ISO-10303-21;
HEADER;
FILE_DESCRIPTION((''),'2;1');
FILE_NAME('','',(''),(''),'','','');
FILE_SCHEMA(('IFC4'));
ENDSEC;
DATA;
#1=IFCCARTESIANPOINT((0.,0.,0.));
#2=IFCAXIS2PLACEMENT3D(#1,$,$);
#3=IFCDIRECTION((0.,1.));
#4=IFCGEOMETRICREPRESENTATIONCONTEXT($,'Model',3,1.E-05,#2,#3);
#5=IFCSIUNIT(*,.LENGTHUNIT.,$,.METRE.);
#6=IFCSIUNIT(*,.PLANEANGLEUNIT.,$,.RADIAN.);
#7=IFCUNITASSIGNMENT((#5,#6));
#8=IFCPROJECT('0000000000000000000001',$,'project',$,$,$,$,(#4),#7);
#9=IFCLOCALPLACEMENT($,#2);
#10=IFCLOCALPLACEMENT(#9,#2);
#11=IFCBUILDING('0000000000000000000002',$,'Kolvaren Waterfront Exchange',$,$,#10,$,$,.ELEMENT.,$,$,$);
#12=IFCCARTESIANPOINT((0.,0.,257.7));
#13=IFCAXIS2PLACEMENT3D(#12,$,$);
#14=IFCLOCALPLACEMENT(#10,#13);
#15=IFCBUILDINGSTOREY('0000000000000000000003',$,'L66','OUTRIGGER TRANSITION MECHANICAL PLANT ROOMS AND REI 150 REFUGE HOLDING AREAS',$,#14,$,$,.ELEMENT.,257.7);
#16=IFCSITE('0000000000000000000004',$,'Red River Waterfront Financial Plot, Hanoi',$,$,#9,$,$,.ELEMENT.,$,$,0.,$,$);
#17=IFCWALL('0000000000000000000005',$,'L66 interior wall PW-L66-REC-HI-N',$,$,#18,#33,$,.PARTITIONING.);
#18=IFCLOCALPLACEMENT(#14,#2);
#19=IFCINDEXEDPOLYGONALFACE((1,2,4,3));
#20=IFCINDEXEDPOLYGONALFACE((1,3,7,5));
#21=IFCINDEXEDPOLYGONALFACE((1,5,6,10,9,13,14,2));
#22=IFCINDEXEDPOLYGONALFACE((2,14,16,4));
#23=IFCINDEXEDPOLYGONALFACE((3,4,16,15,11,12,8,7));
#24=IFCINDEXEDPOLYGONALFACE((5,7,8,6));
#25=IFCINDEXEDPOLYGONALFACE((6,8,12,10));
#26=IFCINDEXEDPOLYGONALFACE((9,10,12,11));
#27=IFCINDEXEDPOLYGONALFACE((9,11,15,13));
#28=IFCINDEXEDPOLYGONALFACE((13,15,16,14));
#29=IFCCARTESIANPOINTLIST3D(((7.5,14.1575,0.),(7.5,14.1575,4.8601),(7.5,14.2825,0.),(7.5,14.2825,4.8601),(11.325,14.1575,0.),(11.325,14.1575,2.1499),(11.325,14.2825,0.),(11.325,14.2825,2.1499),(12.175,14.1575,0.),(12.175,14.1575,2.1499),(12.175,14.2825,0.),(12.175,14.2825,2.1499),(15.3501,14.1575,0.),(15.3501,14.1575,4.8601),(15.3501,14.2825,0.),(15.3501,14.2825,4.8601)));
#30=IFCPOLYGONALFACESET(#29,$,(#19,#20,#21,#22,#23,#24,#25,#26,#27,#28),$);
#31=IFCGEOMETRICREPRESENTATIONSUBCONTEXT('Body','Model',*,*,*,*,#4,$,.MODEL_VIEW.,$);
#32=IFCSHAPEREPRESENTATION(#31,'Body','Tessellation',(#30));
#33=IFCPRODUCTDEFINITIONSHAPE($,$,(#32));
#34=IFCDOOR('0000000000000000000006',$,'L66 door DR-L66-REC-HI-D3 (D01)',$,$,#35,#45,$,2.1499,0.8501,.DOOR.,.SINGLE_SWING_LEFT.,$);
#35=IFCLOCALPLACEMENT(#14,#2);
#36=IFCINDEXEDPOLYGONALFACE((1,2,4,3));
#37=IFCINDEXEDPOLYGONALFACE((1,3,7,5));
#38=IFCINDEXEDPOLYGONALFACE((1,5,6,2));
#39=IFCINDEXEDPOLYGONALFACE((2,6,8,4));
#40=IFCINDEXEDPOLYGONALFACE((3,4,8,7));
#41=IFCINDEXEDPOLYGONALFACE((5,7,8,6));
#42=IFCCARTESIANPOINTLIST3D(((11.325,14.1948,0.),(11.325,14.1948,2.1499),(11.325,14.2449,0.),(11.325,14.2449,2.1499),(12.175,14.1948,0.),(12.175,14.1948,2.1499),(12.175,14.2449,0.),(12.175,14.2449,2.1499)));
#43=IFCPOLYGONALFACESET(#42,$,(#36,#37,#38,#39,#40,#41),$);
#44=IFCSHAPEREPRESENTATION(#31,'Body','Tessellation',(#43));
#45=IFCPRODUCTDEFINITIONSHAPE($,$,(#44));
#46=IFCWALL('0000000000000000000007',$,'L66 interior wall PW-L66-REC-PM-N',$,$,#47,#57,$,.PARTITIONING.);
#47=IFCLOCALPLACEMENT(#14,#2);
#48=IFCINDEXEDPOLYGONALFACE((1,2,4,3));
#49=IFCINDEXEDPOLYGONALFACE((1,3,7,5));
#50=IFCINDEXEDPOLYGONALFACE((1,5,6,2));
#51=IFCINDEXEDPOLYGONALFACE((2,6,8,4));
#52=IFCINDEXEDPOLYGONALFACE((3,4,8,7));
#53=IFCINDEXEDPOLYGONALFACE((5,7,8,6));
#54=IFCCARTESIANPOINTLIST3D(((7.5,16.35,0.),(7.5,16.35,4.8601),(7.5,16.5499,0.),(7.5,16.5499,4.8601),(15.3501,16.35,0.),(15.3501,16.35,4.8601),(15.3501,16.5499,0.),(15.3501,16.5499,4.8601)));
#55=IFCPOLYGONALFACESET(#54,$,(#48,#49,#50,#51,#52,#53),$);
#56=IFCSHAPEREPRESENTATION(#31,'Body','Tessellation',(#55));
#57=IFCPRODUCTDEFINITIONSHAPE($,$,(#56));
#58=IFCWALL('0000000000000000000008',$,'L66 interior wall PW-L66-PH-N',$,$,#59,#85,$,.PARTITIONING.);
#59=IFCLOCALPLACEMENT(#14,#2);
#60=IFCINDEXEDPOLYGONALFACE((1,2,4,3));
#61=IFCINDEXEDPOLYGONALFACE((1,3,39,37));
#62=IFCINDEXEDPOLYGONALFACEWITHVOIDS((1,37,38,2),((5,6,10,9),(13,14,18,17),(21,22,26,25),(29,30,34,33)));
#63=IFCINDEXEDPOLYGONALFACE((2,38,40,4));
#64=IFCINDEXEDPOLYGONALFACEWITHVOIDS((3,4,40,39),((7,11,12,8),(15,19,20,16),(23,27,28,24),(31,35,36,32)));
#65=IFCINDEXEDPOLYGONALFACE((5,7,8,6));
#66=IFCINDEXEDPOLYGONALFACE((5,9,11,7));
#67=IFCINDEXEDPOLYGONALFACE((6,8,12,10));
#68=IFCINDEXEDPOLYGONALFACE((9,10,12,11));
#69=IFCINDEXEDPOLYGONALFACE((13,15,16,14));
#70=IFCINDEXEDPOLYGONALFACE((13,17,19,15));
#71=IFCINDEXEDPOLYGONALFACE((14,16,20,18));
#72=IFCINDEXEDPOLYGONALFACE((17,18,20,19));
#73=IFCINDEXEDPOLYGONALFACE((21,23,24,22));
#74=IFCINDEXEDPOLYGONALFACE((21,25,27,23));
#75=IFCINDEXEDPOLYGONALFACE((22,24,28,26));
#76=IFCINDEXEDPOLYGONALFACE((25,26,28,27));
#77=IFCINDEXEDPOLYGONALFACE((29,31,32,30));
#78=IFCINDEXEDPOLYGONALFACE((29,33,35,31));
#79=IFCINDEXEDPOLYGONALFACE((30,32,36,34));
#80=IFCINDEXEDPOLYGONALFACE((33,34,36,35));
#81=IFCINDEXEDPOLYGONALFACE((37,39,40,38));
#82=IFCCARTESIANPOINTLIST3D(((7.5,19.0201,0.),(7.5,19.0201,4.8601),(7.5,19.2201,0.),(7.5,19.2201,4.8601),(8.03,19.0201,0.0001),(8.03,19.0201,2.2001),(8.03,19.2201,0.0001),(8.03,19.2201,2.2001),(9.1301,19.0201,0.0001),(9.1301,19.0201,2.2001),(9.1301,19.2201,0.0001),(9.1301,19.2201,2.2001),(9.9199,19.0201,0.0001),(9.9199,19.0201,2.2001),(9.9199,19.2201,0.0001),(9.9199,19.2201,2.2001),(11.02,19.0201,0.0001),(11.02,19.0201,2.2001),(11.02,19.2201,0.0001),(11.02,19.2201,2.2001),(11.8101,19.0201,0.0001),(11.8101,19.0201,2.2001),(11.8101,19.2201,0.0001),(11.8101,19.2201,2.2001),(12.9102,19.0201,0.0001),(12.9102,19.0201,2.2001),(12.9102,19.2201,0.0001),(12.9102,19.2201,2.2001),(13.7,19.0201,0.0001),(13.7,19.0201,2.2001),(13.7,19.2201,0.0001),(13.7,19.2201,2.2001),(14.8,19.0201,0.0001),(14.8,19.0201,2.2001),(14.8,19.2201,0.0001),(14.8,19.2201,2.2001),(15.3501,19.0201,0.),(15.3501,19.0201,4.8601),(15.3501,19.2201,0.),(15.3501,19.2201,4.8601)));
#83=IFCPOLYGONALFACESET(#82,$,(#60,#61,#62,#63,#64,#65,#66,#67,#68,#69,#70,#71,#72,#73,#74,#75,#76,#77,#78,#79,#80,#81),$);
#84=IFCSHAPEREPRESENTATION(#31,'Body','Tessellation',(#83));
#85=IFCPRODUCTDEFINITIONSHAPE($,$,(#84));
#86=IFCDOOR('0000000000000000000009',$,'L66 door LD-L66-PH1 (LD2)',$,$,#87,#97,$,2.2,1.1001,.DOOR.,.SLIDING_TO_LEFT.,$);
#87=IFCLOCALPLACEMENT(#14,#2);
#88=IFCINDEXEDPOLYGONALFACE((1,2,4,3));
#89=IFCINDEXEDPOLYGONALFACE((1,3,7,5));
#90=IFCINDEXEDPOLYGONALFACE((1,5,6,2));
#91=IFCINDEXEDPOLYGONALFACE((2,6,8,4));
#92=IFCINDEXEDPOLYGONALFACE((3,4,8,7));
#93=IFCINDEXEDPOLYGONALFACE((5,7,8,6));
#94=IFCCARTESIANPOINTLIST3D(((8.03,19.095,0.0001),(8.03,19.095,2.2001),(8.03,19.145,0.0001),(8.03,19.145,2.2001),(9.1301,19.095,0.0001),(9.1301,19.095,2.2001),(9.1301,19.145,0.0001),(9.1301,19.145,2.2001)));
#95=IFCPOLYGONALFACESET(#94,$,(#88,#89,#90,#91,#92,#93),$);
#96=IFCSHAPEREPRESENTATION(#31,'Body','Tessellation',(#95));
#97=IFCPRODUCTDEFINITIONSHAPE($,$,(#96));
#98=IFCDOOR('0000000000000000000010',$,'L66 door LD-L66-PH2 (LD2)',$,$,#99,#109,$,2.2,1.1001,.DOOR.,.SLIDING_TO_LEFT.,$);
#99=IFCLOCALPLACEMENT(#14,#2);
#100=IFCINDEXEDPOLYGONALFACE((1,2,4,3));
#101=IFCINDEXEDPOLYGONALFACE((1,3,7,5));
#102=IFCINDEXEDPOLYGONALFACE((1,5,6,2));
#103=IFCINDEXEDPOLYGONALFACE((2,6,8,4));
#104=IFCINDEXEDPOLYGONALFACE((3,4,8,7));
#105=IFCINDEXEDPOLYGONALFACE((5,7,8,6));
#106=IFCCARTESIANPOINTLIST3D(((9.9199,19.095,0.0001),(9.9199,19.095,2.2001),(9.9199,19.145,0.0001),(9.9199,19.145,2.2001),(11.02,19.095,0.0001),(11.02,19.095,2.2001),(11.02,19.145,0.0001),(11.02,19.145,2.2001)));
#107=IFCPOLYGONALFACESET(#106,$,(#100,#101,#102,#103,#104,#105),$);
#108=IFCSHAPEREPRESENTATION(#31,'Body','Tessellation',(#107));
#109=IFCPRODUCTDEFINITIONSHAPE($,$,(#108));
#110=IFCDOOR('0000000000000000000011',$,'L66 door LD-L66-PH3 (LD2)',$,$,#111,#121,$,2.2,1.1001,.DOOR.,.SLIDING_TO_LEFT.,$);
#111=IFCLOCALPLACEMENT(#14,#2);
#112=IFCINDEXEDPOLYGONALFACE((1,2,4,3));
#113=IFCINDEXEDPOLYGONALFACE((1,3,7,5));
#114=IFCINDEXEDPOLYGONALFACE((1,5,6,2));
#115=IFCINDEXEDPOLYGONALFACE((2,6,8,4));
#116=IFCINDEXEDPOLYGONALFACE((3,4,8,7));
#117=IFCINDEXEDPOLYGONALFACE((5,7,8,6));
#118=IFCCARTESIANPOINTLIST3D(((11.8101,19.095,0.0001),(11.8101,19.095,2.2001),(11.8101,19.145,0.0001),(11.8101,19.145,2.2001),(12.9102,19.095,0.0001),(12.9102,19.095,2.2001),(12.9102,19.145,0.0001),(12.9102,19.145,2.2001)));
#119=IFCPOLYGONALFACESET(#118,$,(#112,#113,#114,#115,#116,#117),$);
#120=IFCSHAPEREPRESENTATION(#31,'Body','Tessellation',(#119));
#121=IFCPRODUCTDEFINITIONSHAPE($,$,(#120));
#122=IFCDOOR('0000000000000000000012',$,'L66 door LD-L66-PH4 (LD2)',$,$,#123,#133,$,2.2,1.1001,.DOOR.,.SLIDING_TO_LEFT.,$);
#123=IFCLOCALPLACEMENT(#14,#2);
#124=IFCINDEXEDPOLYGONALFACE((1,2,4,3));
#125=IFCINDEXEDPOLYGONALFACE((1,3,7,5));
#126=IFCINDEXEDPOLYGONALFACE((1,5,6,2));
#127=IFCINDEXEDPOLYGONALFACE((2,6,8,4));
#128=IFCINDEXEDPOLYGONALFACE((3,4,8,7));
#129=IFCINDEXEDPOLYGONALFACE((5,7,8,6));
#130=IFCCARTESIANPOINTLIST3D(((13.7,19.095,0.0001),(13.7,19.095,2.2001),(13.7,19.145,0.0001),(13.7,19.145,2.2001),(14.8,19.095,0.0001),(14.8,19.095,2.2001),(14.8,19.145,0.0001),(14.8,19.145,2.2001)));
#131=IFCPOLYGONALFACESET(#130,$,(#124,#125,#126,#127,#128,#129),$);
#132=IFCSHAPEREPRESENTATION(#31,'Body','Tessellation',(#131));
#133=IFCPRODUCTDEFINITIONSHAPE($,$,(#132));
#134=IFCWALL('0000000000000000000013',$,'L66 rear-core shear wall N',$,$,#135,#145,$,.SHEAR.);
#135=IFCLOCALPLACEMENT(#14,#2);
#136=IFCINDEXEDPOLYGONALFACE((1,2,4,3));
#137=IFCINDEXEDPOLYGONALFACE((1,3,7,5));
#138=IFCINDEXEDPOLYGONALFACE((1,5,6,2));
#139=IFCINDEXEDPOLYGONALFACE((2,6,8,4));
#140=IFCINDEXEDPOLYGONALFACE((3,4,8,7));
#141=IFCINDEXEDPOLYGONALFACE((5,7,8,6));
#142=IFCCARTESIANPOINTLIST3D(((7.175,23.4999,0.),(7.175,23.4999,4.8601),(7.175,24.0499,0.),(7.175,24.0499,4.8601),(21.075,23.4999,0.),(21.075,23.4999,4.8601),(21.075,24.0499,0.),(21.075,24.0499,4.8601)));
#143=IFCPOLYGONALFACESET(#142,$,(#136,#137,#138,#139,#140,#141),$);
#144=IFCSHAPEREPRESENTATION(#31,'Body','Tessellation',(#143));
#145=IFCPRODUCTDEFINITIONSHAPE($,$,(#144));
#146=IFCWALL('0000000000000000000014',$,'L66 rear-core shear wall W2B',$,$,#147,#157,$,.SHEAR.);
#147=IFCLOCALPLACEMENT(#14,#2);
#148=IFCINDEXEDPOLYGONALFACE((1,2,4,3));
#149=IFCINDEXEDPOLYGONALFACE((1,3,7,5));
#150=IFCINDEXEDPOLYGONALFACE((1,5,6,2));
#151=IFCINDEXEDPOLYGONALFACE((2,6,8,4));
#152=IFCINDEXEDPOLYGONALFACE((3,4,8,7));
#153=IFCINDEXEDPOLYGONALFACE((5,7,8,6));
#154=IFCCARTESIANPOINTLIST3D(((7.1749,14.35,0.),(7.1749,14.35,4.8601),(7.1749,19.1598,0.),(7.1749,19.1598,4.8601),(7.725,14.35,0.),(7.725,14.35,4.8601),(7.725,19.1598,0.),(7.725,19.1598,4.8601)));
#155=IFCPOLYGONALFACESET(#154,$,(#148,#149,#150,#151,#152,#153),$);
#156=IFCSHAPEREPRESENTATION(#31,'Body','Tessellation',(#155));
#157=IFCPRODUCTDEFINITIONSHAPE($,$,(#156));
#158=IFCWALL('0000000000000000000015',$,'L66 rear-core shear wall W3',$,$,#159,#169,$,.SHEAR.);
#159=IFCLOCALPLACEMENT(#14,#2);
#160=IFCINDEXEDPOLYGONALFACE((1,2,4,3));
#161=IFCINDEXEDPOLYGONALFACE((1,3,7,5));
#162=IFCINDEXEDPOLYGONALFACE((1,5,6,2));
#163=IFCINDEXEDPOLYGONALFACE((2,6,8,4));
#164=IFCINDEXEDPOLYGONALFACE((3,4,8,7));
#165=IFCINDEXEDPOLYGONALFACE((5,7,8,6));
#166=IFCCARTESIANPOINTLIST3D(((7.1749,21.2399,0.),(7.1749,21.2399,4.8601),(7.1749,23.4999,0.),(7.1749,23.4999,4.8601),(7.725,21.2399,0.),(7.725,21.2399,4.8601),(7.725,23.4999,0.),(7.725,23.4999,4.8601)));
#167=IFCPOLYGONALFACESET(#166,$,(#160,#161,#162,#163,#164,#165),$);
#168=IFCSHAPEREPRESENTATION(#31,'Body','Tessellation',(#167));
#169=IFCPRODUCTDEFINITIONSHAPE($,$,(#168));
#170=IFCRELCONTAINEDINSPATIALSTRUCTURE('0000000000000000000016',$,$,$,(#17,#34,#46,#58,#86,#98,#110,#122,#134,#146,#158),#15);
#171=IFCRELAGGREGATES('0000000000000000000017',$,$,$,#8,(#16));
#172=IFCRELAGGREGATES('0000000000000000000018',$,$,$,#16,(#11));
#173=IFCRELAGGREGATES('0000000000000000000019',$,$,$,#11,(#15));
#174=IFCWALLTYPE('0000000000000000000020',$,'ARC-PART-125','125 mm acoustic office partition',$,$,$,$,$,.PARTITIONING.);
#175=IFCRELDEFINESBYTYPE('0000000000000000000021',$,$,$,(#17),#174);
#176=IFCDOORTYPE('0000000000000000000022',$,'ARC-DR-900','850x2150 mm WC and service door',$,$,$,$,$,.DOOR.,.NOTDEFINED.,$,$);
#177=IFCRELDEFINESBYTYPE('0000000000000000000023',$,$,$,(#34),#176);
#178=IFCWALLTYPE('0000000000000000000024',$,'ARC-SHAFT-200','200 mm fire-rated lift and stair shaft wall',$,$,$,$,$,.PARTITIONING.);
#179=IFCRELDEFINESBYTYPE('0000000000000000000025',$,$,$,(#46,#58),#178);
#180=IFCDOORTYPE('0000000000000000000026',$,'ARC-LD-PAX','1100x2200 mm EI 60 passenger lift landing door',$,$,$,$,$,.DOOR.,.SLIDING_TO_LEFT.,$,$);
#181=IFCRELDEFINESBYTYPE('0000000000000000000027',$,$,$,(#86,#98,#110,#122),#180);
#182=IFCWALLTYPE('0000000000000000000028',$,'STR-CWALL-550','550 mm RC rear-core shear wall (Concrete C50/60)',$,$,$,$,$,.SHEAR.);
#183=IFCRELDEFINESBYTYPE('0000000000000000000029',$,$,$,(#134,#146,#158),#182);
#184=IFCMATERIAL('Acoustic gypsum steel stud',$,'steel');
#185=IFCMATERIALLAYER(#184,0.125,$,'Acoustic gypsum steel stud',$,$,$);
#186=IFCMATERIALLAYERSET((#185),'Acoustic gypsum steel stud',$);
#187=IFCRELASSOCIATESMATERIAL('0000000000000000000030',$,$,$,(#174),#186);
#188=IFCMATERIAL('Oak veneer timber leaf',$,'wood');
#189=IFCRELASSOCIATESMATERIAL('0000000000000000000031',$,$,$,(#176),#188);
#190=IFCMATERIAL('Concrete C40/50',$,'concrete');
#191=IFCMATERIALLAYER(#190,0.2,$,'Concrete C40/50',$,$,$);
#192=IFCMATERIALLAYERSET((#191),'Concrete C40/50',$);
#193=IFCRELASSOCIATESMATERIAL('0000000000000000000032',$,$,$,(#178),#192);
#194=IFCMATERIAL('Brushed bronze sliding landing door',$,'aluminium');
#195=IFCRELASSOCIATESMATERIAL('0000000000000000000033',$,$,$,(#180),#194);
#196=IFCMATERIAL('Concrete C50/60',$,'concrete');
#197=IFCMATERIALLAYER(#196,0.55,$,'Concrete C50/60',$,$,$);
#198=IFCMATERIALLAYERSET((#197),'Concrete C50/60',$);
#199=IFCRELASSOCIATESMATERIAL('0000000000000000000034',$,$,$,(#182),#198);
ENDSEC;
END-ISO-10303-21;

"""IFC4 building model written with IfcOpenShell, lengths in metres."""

from ifc_helpers import new_model, si_unit, direction, frame, frame_2d, origin, place, context, subcontext, project, spatial, rectangle, extrude, material, layer, layer_set, type_object, element, fill, save


model = new_model("IFC4")

# Units and contexts
model_context = context("Model", 3, precision=1e-05, world=origin(), true_north=direction((0.0, 1.0)))
body_context = subcontext(model_context, "Body", "Model", "MODEL_VIEW")
ifc_project = project(units=[si_unit("LENGTHUNIT", "METRE"), si_unit("PLANEANGLEUNIT", "RADIAN")], contexts=[model_context])

# Site, building, storey
site_placement = place(None, origin())
site = spatial("IfcSite", under=ifc_project, at=site_placement, Name="Red River Waterfront Financial Plot, Hanoi", CompositionType="ELEMENT", RefElevation=0.0)
building_placement = place(site_placement, origin())
building = spatial("IfcBuilding", under=site, at=building_placement, Name="Kolvaren Waterfront Exchange", CompositionType="ELEMENT")
storey_placement = place(building_placement, frame((0.0, 0.0, 257.7)))
storey = spatial("IfcBuildingStorey", under=building, at=storey_placement, Name="L66", Description="OUTRIGGER TRANSITION MECHANICAL PLANT ROOMS AND REI 150 REFUGE HOLDING AREAS", CompositionType="ELEMENT", Elevation=257.7)

# Shared definitions
ifc_material_1 = material(Name="Concrete C50/60", Category="concrete")

# Shared definitions
ifc_material_2 = material(Name="Acoustic gypsum steel stud", Category="steel")
ifc_layer_1 = layer(ifc_material_2, 0.125, Name="Acoustic gypsum steel stud")
ifc_layer_set_1 = layer_set([ifc_layer_1], Name="Acoustic gypsum steel stud")
wall_type_1 = type_object("IfcWallType", Name="ARC-PART-125", Description="125 mm acoustic office partition", PredefinedType="PARTITIONING", material=ifc_layer_set_1)
ifc_material_3 = material(Name="Oak veneer timber leaf", Category="wood")
door_type_1 = type_object("IfcDoorType", Name="ARC-DR-900", Description="850x2150 mm WC and service door", OperationType="NOTDEFINED", PredefinedType="DOOR", material=ifc_material_3)

# Wall, opening, door
wall_1_placement = place(storey_placement, frame((7.5, 14.22, 0.0), z_axis=(0.0, 0.0, 1.0), x_axis=(1.0, 0.0, 0.0)))
wall_1 = element("IfcWall", 1, at=wall_1_placement, inside=storey, type_object=wall_type_1, Name="L66 interior wall PW-L66-REC-HI-N", PredefinedType="PARTITIONING", context=body_context, shape_type="SweptSolid", body=[
    extrude(rectangle(XDim=7.8501, YDim=0.125, at=frame_2d((3.925, 0.0))), origin(), (0.0, 0.0, 1.0), 4.8601),
])
opening_1_placement = place(wall_1_placement, frame((3.825, 0.0, 0.0)))
opening_1 = element("IfcOpeningElement", 2, at=opening_1_placement, cuts=wall_1, PredefinedType="OPENING", context=body_context, shape_type="SweptSolid", body=[
    extrude(rectangle(XDim=0.8501, YDim=2.1499, at=frame_2d((0.425, 1.075))), frame((0.0, 0.0725, 0.0), z_axis=(0.0, -1.0, 0.0), x_axis=(1.0, 0.0, 0.0)), (0.0, 0.0, 1.0), 0.145),
])
door_1_placement = place(opening_1_placement, origin())
door_1 = element("IfcDoor", 3, at=door_1_placement, inside=storey, type_object=door_type_1, Name="L66 door DR-L66-REC-HI-D3 (D01)", OperationType="SINGLE_SWING_LEFT", OverallHeight=2.1499, OverallWidth=0.8501, PredefinedType="DOOR", context=body_context, shape_type="SweptSolid", body=[
    extrude(rectangle(XDim=0.8501, YDim=2.1499, at=frame_2d((0.425, 1.075))), frame((0.0, 0.0249, 0.0), z_axis=(0.0, -1.0, 0.0), x_axis=(1.0, 0.0, 0.0)), (0.0, 0.0, 1.0), 0.05),
])
fill(opening_1, door_1)

# Wall
ifc_material_4 = material(Name="Concrete C40/50", Category="concrete")
ifc_layer_2 = layer(ifc_material_4, 0.2, Name="Concrete C40/50")
ifc_layer_set_2 = layer_set([ifc_layer_2], Name="Concrete C40/50")
wall_type_2 = type_object("IfcWallType", Name="ARC-SHAFT-200", Description="200 mm fire-rated lift and stair shaft wall", PredefinedType="PARTITIONING", material=ifc_layer_set_2)
wall_2_placement = place(storey_placement, frame((7.5, 16.45, 0.0), z_axis=(0.0, 0.0, 1.0), x_axis=(1.0, 0.0, 0.0)))
element("IfcWall", 4, at=wall_2_placement, inside=storey, type_object=wall_type_2, Name="L66 interior wall PW-L66-REC-PM-N", PredefinedType="PARTITIONING", context=body_context, shape_type="SweptSolid", body=[
    extrude(rectangle(XDim=7.8501, YDim=0.2, at=frame_2d((3.925, 0.0))), origin(), (0.0, 0.0, 1.0), 4.8601),
])

# Wall, openings, doors
wall_3_placement = place(storey_placement, frame((7.5, 19.1201, 0.0), z_axis=(0.0, 0.0, 1.0), x_axis=(1.0, 0.0, 0.0)))
wall_3 = element("IfcWall", 5, at=wall_3_placement, inside=storey, type_object=wall_type_2, Name="L66 interior wall PW-L66-PH-N", PredefinedType="PARTITIONING", context=body_context, shape_type="SweptSolid", body=[
    extrude(rectangle(XDim=7.8501, YDim=0.2, at=frame_2d((3.925, 0.0))), origin(), (0.0, 0.0, 1.0), 4.8601),
])
opening_2_placement = place(wall_3_placement, frame((0.53, 0.0, 0.0)))
opening_2 = element("IfcOpeningElement", 6, at=opening_2_placement, cuts=wall_3, PredefinedType="OPENING", context=body_context, shape_type="SweptSolid", body=[
    extrude(rectangle(XDim=1.1001, YDim=2.2, at=frame_2d((0.55, 1.1001))), frame((0.0, 0.1099, 0.0), z_axis=(0.0, -1.0, 0.0), x_axis=(1.0, 0.0, 0.0)), (0.0, 0.0, 1.0), 0.22),
])
opening_3_placement = place(wall_3_placement, frame((2.4199, 0.0, 0.0)))
opening_3 = element("IfcOpeningElement", 7, at=opening_3_placement, cuts=wall_3, PredefinedType="OPENING", context=body_context, shape_type="SweptSolid", body=[
    extrude(rectangle(XDim=1.1001, YDim=2.2, at=frame_2d((0.55, 1.1001))), frame((0.0, 0.1099, 0.0), z_axis=(0.0, -1.0, 0.0), x_axis=(1.0, 0.0, 0.0)), (0.0, 0.0, 1.0), 0.22),
])
opening_4_placement = place(wall_3_placement, frame((4.3101, 0.0, 0.0)))
opening_4 = element("IfcOpeningElement", 8, at=opening_4_placement, cuts=wall_3, PredefinedType="OPENING", context=body_context, shape_type="SweptSolid", body=[
    extrude(rectangle(XDim=1.1001, YDim=2.2, at=frame_2d((0.55, 1.1001))), frame((0.0, 0.1099, 0.0), z_axis=(0.0, -1.0, 0.0), x_axis=(1.0, 0.0, 0.0)), (0.0, 0.0, 1.0), 0.22),
])
opening_5_placement = place(wall_3_placement, frame((6.2, 0.0, 0.0)))
opening_5 = element("IfcOpeningElement", 9, at=opening_5_placement, cuts=wall_3, PredefinedType="OPENING", context=body_context, shape_type="SweptSolid", body=[
    extrude(rectangle(XDim=1.1001, YDim=2.2, at=frame_2d((0.55, 1.1001))), frame((0.0, 0.1099, 0.0), z_axis=(0.0, -1.0, 0.0), x_axis=(1.0, 0.0, 0.0)), (0.0, 0.0, 1.0), 0.22),
])
ifc_material_5 = material(Name="Brushed bronze sliding landing door", Category="aluminium")
door_type_2 = type_object("IfcDoorType", Name="ARC-LD-PAX", Description="1100x2200 mm EI 60 passenger lift landing door", OperationType="SLIDING_TO_LEFT", PredefinedType="DOOR", material=ifc_material_5)
door_2_placement = place(opening_2_placement, origin())
door_2 = element("IfcDoor", 10, at=door_2_placement, inside=storey, type_object=door_type_2, Name="L66 door LD-L66-PH1 (LD2)", OperationType="SLIDING_TO_LEFT", OverallHeight=2.2, OverallWidth=1.1001, PredefinedType="DOOR", context=body_context, shape_type="SweptSolid", body=[
    extrude(rectangle(XDim=1.1001, YDim=2.2, at=frame_2d((0.55, 1.1001))), frame((0.0, 0.0249, 0.0), z_axis=(0.0, -1.0, 0.0), x_axis=(1.0, 0.0, 0.0)), (0.0, 0.0, 1.0), 0.05),
])
fill(opening_2, door_2)
door_3_placement = place(opening_3_placement, origin())
door_3 = element("IfcDoor", 11, at=door_3_placement, inside=storey, type_object=door_type_2, Name="L66 door LD-L66-PH2 (LD2)", OperationType="SLIDING_TO_LEFT", OverallHeight=2.2, OverallWidth=1.1001, PredefinedType="DOOR", context=body_context, shape_type="SweptSolid", body=[
    extrude(rectangle(XDim=1.1001, YDim=2.2, at=frame_2d((0.55, 1.1001))), frame((0.0, 0.0249, 0.0), z_axis=(0.0, -1.0, 0.0), x_axis=(1.0, 0.0, 0.0)), (0.0, 0.0, 1.0), 0.05),
])
fill(opening_3, door_3)
door_4_placement = place(opening_4_placement, origin())
door_4 = element("IfcDoor", 12, at=door_4_placement, inside=storey, type_object=door_type_2, Name="L66 door LD-L66-PH3 (LD2)", OperationType="SLIDING_TO_LEFT", OverallHeight=2.2, OverallWidth=1.1001, PredefinedType="DOOR", context=body_context, shape_type="SweptSolid", body=[
    extrude(rectangle(XDim=1.1001, YDim=2.2, at=frame_2d((0.55, 1.1001))), frame((0.0, 0.0249, 0.0), z_axis=(0.0, -1.0, 0.0), x_axis=(1.0, 0.0, 0.0)), (0.0, 0.0, 1.0), 0.05),
])
fill(opening_4, door_4)
door_5_placement = place(opening_5_placement, origin())
door_5 = element("IfcDoor", 13, at=door_5_placement, inside=storey, type_object=door_type_2, Name="L66 door LD-L66-PH4 (LD2)", OperationType="SLIDING_TO_LEFT", OverallHeight=2.2, OverallWidth=1.1001, PredefinedType="DOOR", context=body_context, shape_type="SweptSolid", body=[
    extrude(rectangle(XDim=1.1001, YDim=2.2, at=frame_2d((0.55, 1.1001))), frame((0.0, 0.0249, 0.0), z_axis=(0.0, -1.0, 0.0), x_axis=(1.0, 0.0, 0.0)), (0.0, 0.0, 1.0), 0.05),
])
fill(opening_5, door_5)

# Walls
ifc_layer_3 = layer(ifc_material_1, 0.55, Name="Concrete C50/60")
ifc_layer_set_3 = layer_set([ifc_layer_3], Name="Concrete C50/60")
wall_type_3 = type_object("IfcWallType", Name="STR-CWALL-550", Description="550 mm RC rear-core shear wall (Concrete C50/60)", PredefinedType="SHEAR", material=ifc_layer_set_3)
wall_4_placement = place(storey_placement, frame((7.175, 23.7749, 0.0), z_axis=(0.0, 0.0, 1.0), x_axis=(1.0, 0.0, 0.0)))
element("IfcWall", 14, at=wall_4_placement, inside=storey, type_object=wall_type_3, Name="L66 rear-core shear wall N", PredefinedType="SHEAR", context=body_context, shape_type="SweptSolid", body=[
    extrude(rectangle(XDim=13.8999, YDim=0.55, at=frame_2d((6.95, 0.0))), origin(), (0.0, 0.0, 1.0), 4.8601),
])
wall_5_placement = place(storey_placement, frame((7.45, 14.3501, 0.0), z_axis=(0.0, 0.0, 1.0), x_axis=(0.0, 1.0, 0.0)))
element("IfcWall", 15, at=wall_5_placement, inside=storey, type_object=wall_type_3, Name="L66 rear-core shear wall W2B", PredefinedType="SHEAR", context=body_context, shape_type="SweptSolid", body=[
    extrude(rectangle(XDim=4.8098, YDim=0.55, at=frame_2d((2.4048, 0.0))), origin(), (0.0, 0.0, 1.0), 4.8601),
])
wall_6_placement = place(storey_placement, frame((7.45, 21.24, 0.0), z_axis=(0.0, 0.0, 1.0), x_axis=(0.0, 1.0, 0.0)))
element("IfcWall", 16, at=wall_6_placement, inside=storey, type_object=wall_type_3, Name="L66 rear-core shear wall W3", PredefinedType="SHEAR", context=body_context, shape_type="SweptSolid", body=[
    extrude(rectangle(XDim=2.26, YDim=0.55, at=frame_2d((1.1299, 0.0))), origin(), (0.0, 0.0, 1.0), 4.8601),
])

save(model, "model.ifc")
